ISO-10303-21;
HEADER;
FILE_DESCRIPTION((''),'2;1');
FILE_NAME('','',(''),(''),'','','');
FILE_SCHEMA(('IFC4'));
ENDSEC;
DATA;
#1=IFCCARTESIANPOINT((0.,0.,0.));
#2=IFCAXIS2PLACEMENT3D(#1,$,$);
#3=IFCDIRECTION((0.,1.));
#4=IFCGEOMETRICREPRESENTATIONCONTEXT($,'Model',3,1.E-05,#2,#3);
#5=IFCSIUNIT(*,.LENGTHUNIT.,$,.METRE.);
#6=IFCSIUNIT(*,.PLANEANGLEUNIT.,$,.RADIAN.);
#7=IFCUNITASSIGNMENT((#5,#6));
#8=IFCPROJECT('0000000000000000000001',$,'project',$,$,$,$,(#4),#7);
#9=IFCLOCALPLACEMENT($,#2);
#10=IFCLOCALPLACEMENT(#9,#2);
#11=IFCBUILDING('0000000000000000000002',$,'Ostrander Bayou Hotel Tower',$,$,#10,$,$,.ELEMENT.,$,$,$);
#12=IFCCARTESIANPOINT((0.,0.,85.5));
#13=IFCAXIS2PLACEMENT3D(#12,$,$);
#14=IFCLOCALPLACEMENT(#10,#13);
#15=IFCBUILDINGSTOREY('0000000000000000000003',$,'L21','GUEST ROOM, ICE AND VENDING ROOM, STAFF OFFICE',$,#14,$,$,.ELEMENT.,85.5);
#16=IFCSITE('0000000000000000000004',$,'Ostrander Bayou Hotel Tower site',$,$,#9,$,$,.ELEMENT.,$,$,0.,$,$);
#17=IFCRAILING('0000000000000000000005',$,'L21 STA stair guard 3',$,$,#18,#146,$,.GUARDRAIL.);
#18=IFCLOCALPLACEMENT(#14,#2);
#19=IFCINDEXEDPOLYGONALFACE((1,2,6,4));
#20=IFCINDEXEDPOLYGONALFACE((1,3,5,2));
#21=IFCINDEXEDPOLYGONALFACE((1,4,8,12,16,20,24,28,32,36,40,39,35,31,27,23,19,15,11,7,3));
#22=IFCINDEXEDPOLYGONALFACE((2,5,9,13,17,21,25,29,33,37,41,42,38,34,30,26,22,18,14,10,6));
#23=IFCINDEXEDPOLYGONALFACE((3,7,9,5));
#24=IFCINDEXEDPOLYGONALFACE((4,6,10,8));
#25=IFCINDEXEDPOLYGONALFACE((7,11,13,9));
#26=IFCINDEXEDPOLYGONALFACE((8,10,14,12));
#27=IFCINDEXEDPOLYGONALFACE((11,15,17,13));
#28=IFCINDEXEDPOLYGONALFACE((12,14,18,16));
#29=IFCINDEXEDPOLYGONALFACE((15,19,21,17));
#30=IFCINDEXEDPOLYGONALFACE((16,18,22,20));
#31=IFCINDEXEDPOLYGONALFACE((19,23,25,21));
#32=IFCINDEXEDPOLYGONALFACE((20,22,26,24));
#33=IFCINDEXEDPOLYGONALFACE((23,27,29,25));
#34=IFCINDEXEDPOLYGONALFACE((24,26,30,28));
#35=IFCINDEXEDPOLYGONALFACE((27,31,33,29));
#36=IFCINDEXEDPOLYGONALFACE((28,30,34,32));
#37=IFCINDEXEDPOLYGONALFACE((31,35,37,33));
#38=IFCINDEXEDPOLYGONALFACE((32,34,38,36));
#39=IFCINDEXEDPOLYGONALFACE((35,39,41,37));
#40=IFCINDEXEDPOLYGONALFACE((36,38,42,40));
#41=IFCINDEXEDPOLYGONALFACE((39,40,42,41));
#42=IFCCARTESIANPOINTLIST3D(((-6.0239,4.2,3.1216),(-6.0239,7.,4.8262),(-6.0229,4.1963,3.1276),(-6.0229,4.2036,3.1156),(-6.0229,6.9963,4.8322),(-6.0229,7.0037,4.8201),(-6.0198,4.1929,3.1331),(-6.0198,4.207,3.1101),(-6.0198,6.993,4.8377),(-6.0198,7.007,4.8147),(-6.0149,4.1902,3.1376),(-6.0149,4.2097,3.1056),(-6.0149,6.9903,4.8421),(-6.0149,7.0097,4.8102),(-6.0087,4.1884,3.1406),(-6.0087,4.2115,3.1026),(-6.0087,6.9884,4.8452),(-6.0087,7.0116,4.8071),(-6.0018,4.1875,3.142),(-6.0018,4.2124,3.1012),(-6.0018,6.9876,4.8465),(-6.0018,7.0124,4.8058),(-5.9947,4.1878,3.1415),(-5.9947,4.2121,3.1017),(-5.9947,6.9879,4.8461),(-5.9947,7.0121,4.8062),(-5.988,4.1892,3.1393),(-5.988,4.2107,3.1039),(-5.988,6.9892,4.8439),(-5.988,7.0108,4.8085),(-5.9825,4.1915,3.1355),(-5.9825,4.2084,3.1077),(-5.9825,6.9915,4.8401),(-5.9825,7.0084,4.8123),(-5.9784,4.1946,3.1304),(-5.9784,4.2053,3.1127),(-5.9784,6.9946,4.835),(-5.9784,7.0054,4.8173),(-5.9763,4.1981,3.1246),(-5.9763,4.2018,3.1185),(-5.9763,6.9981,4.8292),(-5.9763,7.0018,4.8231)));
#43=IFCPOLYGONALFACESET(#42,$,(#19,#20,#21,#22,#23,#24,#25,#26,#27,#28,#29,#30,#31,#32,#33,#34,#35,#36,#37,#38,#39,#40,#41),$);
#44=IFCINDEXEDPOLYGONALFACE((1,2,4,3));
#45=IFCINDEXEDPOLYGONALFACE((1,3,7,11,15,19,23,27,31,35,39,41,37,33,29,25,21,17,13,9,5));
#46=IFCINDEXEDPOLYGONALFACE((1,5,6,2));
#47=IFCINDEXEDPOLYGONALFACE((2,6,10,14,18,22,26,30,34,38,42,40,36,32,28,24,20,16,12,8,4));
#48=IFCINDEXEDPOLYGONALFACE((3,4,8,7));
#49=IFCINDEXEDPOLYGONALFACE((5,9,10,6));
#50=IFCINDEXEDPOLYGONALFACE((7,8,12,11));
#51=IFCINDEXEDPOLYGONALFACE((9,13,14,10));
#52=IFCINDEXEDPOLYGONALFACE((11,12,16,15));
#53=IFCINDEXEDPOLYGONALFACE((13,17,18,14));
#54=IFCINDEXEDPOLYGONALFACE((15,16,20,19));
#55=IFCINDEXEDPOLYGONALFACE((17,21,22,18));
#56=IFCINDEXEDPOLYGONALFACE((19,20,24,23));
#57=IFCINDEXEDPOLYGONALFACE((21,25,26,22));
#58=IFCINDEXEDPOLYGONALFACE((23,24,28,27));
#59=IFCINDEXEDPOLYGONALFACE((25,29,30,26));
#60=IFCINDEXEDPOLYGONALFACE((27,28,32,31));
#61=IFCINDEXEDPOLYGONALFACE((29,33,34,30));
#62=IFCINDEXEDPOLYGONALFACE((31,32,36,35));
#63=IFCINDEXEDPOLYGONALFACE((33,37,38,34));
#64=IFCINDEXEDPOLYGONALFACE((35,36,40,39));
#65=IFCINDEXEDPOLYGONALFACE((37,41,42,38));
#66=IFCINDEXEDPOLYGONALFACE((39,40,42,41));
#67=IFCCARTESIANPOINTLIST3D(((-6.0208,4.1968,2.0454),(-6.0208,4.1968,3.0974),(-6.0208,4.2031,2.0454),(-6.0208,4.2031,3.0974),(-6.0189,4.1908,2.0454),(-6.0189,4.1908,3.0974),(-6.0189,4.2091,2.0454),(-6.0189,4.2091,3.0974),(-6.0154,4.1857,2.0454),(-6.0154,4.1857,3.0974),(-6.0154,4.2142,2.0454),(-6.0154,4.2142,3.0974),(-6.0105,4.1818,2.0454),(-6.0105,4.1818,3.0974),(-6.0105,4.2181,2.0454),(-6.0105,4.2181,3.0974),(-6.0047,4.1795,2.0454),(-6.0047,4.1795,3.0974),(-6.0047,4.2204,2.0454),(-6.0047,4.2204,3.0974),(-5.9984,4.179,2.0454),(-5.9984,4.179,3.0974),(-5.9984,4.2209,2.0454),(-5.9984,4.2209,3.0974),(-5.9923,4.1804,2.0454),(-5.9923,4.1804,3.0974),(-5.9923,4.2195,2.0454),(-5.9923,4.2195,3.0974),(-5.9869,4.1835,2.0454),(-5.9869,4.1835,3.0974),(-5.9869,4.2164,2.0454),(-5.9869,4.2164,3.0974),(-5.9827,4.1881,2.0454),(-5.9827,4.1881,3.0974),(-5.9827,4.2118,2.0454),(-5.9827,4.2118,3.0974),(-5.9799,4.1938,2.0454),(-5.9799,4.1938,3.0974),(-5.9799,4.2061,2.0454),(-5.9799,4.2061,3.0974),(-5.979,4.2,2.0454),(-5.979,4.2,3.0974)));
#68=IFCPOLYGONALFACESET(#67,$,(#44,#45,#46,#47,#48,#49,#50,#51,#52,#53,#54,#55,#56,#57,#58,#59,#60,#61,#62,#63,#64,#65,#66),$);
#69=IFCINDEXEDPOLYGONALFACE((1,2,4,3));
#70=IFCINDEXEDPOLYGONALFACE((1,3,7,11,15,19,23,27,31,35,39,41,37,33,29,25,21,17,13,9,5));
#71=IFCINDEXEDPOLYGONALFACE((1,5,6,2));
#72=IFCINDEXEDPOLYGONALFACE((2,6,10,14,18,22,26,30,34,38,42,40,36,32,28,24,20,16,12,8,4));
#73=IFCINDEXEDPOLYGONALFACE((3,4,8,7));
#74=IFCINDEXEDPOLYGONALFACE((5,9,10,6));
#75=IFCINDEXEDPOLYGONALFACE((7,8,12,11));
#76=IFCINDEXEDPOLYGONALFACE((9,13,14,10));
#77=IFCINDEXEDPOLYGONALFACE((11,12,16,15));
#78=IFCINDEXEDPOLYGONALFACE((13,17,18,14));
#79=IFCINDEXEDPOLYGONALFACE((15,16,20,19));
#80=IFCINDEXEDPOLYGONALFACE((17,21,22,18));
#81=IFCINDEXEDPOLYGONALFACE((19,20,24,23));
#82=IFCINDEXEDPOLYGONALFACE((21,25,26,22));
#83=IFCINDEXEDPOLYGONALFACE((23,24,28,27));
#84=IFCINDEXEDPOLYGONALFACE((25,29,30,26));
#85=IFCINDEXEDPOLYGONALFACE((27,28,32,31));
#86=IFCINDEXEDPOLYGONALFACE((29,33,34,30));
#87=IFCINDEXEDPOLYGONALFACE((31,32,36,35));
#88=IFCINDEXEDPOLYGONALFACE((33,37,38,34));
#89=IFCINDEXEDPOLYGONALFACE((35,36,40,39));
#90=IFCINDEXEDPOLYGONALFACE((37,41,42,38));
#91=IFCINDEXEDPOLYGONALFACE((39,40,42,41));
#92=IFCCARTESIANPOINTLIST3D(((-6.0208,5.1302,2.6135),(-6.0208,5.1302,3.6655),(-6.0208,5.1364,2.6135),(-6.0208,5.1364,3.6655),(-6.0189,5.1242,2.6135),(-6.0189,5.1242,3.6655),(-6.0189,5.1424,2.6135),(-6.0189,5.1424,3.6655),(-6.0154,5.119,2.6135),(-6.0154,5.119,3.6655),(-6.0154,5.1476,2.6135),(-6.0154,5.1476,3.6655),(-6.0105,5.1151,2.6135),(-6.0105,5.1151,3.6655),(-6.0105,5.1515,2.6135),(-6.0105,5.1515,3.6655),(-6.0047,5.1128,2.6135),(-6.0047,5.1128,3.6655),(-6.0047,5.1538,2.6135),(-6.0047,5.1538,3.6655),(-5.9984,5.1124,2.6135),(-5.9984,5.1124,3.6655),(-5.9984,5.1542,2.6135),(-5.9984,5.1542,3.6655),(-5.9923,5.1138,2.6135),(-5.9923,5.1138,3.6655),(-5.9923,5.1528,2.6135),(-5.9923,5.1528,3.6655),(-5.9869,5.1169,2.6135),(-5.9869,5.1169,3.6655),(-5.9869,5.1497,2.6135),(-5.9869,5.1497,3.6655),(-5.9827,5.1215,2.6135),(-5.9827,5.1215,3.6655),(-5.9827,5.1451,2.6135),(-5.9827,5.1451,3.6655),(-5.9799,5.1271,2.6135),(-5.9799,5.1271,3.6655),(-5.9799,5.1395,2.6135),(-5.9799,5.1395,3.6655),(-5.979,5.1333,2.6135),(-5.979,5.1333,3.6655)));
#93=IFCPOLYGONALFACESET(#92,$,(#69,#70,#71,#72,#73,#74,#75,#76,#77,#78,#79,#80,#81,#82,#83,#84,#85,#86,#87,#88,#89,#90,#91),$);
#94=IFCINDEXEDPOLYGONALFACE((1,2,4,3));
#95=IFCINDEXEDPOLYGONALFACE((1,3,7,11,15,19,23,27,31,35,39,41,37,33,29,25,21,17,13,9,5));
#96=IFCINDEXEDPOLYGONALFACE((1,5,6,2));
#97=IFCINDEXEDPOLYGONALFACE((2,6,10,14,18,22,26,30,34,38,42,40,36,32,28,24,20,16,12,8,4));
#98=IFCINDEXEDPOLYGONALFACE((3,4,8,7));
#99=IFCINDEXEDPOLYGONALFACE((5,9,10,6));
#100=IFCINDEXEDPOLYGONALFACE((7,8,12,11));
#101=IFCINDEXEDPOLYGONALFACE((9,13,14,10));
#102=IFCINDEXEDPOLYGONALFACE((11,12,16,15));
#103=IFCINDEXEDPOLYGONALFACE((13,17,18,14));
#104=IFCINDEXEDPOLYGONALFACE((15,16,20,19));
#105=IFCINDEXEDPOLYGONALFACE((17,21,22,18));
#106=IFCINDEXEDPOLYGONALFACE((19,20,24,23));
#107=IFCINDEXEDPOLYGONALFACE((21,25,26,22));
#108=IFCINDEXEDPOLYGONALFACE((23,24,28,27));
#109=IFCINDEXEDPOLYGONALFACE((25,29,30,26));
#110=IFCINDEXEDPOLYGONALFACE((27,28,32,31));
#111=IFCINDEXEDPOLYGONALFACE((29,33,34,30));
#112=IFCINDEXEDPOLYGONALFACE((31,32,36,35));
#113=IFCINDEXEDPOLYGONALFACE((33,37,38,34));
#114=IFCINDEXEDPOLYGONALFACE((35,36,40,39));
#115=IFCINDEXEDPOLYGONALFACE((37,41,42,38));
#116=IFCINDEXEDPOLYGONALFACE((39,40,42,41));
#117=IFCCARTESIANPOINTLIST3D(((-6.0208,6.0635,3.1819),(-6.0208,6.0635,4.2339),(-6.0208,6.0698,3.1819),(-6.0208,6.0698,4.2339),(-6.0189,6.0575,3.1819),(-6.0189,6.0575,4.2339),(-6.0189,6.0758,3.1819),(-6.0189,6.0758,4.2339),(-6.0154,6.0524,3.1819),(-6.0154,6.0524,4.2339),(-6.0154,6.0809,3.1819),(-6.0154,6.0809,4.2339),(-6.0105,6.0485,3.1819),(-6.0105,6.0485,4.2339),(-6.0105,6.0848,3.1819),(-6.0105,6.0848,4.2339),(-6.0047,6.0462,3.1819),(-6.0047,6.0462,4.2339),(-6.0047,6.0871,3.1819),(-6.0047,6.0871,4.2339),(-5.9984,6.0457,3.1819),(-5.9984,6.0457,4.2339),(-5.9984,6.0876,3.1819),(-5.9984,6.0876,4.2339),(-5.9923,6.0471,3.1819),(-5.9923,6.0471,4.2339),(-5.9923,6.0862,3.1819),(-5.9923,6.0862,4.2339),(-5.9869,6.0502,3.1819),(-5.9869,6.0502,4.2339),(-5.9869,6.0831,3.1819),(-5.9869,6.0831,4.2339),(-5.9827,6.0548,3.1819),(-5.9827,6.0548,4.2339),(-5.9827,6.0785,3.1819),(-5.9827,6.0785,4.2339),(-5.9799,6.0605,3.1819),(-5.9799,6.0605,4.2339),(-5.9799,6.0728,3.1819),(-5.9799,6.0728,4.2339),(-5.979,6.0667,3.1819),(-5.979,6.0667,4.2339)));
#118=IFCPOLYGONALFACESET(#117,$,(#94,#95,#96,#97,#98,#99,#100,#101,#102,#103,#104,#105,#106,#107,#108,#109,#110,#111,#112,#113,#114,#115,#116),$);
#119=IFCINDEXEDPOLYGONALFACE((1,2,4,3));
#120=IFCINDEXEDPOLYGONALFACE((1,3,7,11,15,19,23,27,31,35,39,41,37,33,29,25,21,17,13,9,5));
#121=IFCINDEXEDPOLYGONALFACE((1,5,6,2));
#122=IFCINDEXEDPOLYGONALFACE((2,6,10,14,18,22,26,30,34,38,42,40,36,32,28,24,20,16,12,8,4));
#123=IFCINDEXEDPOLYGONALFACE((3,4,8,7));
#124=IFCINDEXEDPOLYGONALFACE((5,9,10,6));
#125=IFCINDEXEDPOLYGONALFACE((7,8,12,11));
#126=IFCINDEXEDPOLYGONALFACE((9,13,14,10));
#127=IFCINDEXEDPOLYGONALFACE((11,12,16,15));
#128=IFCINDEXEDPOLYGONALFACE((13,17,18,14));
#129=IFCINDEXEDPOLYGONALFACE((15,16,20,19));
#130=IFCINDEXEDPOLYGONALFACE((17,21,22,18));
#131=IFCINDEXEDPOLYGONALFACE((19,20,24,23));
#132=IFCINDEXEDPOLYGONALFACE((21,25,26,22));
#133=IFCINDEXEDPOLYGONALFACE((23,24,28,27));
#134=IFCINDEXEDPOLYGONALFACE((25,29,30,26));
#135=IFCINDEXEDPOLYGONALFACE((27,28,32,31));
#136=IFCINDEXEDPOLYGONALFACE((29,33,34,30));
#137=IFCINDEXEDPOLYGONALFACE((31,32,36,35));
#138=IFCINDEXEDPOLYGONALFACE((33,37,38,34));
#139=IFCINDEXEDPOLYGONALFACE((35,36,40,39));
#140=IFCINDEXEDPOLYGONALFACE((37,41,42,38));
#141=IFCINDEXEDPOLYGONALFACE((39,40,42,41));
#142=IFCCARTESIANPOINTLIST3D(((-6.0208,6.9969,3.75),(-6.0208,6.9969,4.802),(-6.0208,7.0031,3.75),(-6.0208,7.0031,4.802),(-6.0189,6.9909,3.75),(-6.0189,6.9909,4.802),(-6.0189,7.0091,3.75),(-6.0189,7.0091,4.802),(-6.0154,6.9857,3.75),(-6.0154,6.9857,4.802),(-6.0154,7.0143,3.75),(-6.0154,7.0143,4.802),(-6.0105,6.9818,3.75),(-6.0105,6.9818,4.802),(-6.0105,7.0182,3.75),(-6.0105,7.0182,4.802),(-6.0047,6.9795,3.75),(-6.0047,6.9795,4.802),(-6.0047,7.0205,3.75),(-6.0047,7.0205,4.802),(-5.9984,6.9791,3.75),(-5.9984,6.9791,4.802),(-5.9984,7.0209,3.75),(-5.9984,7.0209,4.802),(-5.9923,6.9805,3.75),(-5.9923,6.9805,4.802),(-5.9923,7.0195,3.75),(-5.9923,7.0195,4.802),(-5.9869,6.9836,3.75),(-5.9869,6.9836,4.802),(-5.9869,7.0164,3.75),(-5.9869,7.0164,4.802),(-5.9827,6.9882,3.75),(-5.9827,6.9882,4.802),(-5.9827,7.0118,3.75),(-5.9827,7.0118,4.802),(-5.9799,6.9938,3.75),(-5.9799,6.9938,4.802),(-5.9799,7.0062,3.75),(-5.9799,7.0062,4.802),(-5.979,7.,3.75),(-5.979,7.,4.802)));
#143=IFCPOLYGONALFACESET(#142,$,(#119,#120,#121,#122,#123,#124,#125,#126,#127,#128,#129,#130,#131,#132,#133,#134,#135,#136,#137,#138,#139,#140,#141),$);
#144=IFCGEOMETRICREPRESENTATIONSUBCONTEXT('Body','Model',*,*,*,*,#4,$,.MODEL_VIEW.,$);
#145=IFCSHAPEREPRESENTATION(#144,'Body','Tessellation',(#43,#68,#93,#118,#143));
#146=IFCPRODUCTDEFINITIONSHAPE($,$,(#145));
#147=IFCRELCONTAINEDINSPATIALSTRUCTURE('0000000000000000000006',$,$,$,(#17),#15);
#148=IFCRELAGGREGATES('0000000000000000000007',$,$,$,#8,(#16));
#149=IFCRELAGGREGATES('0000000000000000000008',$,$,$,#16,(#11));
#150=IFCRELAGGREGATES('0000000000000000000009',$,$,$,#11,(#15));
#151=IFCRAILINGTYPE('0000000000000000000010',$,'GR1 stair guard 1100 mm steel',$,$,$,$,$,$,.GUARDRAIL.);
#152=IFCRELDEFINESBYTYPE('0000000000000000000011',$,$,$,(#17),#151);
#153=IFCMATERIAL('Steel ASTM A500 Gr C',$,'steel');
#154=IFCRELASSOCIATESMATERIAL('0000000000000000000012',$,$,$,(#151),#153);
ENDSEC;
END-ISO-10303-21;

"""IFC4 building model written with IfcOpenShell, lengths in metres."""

from ifc_helpers import new_model, si_unit, direction, frame, origin, origin_2d, place, context, subcontext, project, spatial, circle, extrude, material, type_object, element, save


model = new_model("IFC4")

# Units and contexts
model_context = context("Model", 3, precision=1e-05, world=origin(), true_north=direction((0.0, 1.0)))
body_context = subcontext(model_context, "Body", "Model", "MODEL_VIEW")
ifc_project = project(units=[si_unit("LENGTHUNIT", "METRE"), si_unit("PLANEANGLEUNIT", "RADIAN")], contexts=[model_context])

# Site, building, storey
site_placement = place(None, origin())
site = spatial("IfcSite", under=ifc_project, at=site_placement, Name="Ostrander Bayou Hotel Tower site", CompositionType="ELEMENT", RefElevation=0.0)
building_placement = place(site_placement, origin())
building = spatial("IfcBuilding", under=site, at=building_placement, Name="Ostrander Bayou Hotel Tower", CompositionType="ELEMENT")
storey_placement = place(building_placement, frame((0.0, 0.0, 85.5)))
storey = spatial("IfcBuildingStorey", under=building, at=storey_placement, Name="L21", Description="GUEST ROOM, ICE AND VENDING ROOM, STAFF OFFICE", CompositionType="ELEMENT", Elevation=85.5)

# Railing
ifc_material_1 = material(Name="Steel ASTM A500 Gr C", Category="steel")
railing_type_1 = type_object("IfcRailingType", Name="GR1 stair guard 1100 mm steel", PredefinedType="GUARDRAIL", material=ifc_material_1)
railing_1_placement = place(storey_placement, frame((-6.0, 4.2, 2.0454)))
element("IfcRailing", 1, at=railing_1_placement, inside=storey, type_object=railing_type_1, Name="L21 STA stair guard 3", PredefinedType="GUARDRAIL", context=body_context, shape_type="SweptSolid", body=[
    extrude(circle(Radius=0.0239, at=origin_2d()), frame((0.0, 0.0, 1.0762), z_axis=(0.0, 0.85417, 0.519994), x_axis=(-1.0, 0.0, 0.0)), (0.0, 0.0, 1.0), 3.2781),
    extrude(circle(Radius=0.021, at=origin_2d()), origin(), (0.0, 0.0, 1.0), 1.052),
    extrude(circle(Radius=0.021, at=origin_2d()), frame((0.0, 0.9333, 0.5681)), (0.0, 0.0, 1.0), 1.052),
    extrude(circle(Radius=0.021, at=origin_2d()), frame((0.0, 1.8667, 1.1365)), (0.0, 0.0, 1.0), 1.052),
    extrude(circle(Radius=0.021, at=origin_2d()), frame((0.0, 2.8, 1.7046)), (0.0, 0.0, 1.0), 1.052),
])

save(model, "model.ifc")
